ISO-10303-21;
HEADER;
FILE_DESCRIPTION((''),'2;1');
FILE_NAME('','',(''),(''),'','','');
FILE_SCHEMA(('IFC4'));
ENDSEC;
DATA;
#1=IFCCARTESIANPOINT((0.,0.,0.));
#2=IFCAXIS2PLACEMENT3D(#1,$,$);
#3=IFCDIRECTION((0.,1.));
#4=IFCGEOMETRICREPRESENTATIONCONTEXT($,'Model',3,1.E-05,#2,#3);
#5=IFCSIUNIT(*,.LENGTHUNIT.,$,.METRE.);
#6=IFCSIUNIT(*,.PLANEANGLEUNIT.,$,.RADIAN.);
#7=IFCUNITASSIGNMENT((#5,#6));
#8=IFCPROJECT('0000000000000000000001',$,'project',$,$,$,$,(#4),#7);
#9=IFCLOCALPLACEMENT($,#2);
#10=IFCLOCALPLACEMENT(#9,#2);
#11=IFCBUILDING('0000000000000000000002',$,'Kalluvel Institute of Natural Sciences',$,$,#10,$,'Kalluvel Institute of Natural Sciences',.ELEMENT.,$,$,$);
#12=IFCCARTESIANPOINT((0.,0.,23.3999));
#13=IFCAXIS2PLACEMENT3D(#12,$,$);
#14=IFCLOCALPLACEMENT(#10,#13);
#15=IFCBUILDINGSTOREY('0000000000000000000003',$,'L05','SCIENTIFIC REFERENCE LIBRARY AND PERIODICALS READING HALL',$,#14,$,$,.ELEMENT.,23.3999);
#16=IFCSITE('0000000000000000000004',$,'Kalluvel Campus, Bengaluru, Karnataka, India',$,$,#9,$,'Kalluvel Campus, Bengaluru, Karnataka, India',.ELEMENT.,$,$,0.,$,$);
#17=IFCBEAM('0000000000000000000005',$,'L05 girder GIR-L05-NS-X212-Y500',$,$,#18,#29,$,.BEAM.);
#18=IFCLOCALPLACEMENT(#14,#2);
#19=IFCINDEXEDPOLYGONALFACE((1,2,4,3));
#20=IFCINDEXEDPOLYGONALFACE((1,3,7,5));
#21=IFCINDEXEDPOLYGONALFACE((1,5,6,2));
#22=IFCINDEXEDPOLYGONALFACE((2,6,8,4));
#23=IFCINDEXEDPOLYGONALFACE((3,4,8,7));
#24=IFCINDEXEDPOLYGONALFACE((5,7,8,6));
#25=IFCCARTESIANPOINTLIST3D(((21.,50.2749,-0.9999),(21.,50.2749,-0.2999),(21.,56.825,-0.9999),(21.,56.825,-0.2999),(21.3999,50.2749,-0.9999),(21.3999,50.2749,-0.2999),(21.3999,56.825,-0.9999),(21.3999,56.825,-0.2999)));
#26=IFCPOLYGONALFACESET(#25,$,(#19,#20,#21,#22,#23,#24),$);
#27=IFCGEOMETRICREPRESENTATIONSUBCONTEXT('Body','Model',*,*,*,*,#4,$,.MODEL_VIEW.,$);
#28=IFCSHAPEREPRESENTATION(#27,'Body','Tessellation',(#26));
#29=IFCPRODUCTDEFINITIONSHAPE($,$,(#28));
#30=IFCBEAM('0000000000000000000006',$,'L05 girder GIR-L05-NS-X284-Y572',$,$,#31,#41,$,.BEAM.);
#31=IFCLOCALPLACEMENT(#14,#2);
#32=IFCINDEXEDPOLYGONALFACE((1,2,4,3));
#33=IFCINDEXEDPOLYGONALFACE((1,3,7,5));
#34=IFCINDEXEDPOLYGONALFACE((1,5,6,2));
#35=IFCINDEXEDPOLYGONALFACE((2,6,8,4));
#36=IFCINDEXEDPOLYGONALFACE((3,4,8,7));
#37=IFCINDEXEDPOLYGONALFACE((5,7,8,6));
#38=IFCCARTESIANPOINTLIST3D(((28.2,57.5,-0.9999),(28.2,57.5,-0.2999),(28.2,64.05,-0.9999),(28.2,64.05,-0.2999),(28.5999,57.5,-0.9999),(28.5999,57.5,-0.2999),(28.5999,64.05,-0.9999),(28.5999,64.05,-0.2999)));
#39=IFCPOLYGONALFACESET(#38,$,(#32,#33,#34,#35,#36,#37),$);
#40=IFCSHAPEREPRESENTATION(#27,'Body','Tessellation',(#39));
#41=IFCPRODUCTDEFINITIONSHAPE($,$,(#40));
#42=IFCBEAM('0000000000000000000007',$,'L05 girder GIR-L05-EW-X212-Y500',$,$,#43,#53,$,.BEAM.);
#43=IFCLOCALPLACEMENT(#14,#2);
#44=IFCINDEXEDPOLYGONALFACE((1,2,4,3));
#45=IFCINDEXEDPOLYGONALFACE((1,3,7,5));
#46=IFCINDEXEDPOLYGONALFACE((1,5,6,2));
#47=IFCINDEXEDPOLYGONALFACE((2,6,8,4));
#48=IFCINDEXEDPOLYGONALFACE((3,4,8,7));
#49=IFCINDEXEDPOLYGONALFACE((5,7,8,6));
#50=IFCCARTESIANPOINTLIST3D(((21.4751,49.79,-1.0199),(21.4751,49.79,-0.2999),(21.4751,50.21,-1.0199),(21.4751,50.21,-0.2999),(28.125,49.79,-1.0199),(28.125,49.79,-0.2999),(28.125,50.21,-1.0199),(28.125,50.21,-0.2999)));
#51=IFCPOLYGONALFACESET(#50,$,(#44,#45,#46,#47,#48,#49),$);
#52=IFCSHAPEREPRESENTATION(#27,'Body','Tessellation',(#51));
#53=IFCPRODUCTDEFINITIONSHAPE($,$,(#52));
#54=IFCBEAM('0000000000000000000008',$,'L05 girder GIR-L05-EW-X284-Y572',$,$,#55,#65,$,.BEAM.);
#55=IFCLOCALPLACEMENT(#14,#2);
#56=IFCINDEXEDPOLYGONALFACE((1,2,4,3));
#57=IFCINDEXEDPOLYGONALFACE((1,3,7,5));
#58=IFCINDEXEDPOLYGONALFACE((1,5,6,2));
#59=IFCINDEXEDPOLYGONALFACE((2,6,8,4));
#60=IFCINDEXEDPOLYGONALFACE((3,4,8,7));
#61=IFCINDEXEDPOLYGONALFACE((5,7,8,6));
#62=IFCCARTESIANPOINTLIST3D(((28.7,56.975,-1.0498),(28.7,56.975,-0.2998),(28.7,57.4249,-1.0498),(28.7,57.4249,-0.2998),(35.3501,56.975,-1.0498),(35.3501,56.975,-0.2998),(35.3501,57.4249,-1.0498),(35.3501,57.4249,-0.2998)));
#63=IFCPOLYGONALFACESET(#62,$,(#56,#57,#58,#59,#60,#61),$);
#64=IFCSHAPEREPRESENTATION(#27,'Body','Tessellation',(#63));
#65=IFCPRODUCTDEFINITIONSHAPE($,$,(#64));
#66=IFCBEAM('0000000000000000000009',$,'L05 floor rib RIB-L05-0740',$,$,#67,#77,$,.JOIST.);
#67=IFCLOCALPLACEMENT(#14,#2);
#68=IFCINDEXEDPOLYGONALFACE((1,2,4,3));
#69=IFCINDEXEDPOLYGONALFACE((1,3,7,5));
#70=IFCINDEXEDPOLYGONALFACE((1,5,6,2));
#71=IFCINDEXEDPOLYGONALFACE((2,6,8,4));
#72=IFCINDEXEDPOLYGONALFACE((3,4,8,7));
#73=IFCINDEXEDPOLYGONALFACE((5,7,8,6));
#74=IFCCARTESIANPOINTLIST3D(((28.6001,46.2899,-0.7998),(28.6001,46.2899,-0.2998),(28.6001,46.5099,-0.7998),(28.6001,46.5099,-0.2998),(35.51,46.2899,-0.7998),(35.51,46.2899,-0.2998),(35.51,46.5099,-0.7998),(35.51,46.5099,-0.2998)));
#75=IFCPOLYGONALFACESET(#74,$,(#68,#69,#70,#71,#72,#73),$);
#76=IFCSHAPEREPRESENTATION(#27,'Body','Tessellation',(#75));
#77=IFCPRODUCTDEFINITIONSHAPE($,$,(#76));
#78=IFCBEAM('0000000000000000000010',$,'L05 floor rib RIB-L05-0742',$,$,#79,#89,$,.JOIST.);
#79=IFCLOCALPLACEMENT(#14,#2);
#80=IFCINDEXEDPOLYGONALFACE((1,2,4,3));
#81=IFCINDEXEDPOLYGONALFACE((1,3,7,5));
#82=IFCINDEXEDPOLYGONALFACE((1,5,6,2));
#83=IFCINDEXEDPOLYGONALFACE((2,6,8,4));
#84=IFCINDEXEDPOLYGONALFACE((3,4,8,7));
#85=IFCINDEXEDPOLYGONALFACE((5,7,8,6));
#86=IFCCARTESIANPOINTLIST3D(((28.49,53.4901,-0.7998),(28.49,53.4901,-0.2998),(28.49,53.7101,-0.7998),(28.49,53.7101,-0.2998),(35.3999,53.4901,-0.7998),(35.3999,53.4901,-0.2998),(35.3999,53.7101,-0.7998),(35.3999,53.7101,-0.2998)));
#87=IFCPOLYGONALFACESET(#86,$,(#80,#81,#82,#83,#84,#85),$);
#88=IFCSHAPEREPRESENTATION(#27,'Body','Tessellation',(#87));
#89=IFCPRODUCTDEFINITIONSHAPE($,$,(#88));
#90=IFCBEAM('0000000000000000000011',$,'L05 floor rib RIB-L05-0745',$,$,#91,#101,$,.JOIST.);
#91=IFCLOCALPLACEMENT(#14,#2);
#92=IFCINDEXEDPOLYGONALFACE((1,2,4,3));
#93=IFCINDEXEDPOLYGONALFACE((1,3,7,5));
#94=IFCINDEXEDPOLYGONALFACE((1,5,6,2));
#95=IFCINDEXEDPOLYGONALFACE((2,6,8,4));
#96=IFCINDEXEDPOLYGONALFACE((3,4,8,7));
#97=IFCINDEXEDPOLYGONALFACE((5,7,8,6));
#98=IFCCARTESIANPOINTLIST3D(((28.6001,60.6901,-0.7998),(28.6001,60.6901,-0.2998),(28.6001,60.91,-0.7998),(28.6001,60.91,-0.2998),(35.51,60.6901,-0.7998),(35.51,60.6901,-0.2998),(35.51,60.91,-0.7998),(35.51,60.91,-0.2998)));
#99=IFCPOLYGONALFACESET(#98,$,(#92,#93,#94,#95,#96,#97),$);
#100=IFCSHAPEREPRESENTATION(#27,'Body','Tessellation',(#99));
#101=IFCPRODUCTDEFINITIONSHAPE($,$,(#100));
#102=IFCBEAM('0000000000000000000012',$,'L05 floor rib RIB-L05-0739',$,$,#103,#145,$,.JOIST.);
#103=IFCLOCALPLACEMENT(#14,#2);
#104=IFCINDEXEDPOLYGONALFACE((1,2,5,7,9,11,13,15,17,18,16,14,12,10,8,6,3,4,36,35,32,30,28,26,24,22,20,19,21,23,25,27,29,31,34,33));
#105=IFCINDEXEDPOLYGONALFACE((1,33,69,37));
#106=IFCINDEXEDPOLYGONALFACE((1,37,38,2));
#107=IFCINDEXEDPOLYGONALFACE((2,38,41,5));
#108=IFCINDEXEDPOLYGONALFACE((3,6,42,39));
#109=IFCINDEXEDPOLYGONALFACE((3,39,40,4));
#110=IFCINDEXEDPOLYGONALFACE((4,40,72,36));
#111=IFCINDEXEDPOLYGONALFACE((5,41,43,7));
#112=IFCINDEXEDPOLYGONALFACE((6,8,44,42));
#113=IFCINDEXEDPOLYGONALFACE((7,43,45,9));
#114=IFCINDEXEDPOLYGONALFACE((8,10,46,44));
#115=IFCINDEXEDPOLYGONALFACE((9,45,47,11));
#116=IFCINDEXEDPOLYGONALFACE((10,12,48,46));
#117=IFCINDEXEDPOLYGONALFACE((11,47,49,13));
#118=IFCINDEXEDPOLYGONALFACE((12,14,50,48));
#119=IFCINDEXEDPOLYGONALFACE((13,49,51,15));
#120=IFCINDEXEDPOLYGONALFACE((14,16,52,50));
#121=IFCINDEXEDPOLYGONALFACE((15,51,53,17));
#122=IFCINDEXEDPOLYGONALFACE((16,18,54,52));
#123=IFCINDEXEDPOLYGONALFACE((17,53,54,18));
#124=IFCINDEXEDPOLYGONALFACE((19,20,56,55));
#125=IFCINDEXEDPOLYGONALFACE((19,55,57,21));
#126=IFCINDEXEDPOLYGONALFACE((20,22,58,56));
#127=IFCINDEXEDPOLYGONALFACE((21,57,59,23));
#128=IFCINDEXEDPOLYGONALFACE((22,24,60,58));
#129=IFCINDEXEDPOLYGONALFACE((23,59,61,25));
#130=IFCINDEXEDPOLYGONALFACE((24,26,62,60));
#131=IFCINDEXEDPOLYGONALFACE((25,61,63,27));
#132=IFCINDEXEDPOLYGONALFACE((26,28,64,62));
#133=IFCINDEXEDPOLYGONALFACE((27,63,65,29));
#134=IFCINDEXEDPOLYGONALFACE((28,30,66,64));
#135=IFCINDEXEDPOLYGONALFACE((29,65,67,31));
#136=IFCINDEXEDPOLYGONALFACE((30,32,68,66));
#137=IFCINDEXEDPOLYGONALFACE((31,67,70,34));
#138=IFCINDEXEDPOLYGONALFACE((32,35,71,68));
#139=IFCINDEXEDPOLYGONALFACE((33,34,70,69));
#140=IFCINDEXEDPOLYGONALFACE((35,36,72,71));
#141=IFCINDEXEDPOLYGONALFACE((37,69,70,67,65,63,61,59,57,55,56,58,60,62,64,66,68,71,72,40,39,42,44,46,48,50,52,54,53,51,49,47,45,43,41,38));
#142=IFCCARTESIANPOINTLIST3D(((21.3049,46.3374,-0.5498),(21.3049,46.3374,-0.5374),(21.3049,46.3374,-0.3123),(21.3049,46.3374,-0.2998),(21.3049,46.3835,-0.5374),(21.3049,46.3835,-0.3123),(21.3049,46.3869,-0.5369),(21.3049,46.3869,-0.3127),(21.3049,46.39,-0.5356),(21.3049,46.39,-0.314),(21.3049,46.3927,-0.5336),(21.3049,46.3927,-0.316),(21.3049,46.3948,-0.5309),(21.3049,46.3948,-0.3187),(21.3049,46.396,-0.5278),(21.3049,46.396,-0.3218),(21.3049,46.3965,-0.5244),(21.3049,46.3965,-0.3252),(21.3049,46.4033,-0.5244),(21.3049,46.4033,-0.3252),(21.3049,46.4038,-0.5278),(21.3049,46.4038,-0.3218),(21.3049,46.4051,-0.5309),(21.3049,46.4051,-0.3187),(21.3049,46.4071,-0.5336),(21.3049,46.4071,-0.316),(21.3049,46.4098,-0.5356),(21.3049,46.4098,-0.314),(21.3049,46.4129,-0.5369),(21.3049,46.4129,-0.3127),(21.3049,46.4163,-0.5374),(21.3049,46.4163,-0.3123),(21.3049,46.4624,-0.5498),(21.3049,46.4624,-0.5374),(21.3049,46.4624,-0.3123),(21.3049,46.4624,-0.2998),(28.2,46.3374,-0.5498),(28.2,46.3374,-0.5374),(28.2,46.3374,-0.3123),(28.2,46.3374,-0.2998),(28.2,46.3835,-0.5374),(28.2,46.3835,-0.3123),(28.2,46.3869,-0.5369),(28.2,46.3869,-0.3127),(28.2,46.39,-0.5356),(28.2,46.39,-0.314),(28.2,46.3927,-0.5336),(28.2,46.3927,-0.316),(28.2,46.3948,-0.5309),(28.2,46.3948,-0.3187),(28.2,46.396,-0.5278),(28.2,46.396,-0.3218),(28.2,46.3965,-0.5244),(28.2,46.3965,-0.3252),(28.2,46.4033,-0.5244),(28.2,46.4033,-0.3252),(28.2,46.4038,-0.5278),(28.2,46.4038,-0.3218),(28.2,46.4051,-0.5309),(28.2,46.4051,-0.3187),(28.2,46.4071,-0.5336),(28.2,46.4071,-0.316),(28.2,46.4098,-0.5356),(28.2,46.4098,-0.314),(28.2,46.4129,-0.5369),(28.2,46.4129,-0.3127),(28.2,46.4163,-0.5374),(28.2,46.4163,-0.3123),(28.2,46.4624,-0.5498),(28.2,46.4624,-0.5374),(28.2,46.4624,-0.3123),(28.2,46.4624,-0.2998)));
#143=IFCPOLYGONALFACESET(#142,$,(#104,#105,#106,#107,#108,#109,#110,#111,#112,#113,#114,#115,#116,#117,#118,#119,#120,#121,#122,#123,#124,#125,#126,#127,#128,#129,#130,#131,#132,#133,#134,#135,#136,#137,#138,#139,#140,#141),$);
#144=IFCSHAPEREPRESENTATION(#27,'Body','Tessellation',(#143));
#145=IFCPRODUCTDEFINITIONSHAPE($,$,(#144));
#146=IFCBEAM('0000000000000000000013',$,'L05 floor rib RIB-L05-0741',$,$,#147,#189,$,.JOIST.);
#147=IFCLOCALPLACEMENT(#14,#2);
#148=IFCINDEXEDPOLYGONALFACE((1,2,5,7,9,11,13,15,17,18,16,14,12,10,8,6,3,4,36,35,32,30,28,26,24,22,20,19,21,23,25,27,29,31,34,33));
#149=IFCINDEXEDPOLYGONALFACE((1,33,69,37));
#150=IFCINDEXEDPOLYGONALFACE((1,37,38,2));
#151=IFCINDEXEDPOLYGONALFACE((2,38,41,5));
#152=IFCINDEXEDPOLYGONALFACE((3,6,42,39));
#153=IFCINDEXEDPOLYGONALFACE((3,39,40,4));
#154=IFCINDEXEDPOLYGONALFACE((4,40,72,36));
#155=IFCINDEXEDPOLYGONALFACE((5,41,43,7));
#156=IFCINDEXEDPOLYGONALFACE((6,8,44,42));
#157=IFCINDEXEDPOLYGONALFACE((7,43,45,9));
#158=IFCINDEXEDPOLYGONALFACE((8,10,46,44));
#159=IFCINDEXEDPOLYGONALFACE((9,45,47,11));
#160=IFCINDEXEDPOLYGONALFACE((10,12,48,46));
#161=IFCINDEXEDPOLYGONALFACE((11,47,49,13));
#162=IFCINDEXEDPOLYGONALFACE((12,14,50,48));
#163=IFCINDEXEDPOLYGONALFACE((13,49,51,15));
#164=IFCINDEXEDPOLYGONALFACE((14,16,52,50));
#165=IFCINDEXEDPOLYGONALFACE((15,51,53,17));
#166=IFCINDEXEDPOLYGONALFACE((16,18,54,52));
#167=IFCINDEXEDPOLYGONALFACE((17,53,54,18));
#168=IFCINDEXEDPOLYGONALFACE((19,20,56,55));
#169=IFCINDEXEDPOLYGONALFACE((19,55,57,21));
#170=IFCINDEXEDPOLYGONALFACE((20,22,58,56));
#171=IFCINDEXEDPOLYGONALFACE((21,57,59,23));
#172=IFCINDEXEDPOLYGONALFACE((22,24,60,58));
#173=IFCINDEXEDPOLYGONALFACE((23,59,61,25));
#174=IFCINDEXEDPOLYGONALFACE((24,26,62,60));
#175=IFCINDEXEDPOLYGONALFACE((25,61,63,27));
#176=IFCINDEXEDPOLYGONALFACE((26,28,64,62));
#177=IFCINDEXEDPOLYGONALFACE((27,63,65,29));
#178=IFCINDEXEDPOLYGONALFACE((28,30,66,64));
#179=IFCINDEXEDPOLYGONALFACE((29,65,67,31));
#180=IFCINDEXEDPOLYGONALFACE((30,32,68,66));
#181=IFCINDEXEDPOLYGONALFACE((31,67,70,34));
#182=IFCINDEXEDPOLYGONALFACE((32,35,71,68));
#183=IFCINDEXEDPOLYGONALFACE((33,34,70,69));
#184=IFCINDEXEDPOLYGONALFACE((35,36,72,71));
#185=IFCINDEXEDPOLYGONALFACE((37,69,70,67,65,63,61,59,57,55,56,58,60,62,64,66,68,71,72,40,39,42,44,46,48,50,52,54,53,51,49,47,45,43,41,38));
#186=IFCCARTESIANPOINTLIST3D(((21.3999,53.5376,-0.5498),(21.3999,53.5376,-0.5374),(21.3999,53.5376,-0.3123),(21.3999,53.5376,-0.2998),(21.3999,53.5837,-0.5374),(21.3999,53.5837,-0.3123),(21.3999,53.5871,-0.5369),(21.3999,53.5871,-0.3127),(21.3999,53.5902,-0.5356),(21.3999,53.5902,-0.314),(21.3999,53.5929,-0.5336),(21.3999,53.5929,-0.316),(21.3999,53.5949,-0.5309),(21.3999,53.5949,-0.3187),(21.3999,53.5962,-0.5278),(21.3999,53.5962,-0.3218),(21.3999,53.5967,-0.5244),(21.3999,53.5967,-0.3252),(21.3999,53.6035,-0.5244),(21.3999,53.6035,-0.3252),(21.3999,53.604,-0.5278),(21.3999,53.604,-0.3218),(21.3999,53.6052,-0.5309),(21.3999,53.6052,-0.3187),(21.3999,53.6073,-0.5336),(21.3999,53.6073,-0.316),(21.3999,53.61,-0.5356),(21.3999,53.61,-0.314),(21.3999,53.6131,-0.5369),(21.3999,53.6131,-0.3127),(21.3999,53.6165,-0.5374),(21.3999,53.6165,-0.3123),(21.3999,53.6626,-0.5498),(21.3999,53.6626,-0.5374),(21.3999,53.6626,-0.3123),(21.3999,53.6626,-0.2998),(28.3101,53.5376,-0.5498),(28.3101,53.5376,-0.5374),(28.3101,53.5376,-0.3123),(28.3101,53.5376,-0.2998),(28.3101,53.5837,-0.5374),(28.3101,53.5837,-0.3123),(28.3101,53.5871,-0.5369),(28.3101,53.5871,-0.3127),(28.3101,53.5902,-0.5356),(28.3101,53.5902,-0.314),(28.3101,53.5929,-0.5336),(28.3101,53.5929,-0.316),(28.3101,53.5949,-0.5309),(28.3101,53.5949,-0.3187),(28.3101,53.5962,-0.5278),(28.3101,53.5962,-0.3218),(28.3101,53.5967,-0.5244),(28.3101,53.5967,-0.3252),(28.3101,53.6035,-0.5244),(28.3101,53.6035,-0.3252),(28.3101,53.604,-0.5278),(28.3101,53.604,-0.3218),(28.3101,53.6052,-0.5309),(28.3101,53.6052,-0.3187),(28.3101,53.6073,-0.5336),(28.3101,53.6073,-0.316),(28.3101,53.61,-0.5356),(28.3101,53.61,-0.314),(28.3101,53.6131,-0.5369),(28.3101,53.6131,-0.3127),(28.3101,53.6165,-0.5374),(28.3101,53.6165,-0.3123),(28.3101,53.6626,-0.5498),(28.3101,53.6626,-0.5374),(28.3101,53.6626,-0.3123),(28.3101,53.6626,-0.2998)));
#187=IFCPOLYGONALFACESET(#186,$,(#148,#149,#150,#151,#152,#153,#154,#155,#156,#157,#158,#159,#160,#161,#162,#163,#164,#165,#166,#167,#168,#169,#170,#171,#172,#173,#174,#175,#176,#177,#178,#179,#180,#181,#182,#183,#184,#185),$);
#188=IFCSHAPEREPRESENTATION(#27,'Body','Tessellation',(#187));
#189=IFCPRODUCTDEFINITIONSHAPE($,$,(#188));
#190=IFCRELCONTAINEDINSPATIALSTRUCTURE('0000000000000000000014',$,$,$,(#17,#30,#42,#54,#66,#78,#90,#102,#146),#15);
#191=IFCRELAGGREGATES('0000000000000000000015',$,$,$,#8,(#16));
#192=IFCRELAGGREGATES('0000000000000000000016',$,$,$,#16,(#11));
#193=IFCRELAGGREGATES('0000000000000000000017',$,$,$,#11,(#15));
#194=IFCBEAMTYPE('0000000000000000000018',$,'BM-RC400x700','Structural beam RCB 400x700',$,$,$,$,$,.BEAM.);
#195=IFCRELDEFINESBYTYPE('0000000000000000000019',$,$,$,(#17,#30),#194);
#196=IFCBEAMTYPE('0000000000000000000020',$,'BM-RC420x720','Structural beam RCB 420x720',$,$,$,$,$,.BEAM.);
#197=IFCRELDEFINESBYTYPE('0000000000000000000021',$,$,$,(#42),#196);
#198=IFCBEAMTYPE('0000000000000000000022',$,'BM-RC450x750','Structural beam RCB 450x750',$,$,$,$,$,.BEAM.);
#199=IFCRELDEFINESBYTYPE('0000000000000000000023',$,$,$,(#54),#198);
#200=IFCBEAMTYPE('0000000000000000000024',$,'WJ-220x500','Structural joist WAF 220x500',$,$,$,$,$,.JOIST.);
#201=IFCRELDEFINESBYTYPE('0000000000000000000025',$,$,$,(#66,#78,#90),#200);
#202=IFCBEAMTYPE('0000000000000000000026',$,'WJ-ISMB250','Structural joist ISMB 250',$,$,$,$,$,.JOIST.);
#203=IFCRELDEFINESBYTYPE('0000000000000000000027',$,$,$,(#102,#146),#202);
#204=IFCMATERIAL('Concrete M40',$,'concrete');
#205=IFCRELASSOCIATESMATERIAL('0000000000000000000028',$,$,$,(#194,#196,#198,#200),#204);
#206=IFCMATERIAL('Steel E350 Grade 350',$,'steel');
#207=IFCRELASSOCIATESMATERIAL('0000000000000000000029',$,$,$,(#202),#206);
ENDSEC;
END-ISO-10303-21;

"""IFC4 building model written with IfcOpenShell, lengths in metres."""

from ifc_helpers import new_model, si_unit, direction, frame, origin, origin_2d, place, context, subcontext, project, spatial, rectangle, i_section, extrude, material, material_profile, profile_set, type_object, element, save


model = new_model("IFC4")

# Units and contexts
model_context = context("Model", 3, precision=1e-05, world=origin(), true_north=direction((0.0, 1.0)))
body_context = subcontext(model_context, "Body", "Model", "MODEL_VIEW")
ifc_project = project(units=[si_unit("LENGTHUNIT", "METRE"), si_unit("PLANEANGLEUNIT", "RADIAN")], contexts=[model_context])

# Site, building, storey
site_placement = place(None, origin())
site = spatial("IfcSite", under=ifc_project, at=site_placement, Name="Kalluvel Campus, Bengaluru, Karnataka, India", LongName="Kalluvel Campus, Bengaluru, Karnataka, India", CompositionType="ELEMENT", RefElevation=0.0)
building_placement = place(site_placement, origin())
building = spatial("IfcBuilding", under=site, at=building_placement, Name="Kalluvel Institute of Natural Sciences", LongName="Kalluvel Institute of Natural Sciences", CompositionType="ELEMENT")
storey_placement = place(building_placement, frame((0.0, 0.0, 23.3999)))
storey = spatial("IfcBuildingStorey", under=building, at=storey_placement, Name="L05", Description="SCIENTIFIC REFERENCE LIBRARY AND PERIODICALS READING HALL", CompositionType="ELEMENT", Elevation=23.3999)

# Shared definitions
ifc_material_1 = material(Name="Concrete M40", Category="concrete")

# Beams
ifc_material_2 = material(Name="Steel E350 Grade 350", Category="steel")
ifc_material_profile_1 = material_profile(ifc_material_1, rectangle(XDim=0.3999, YDim=0.7, at=origin_2d()), Name="RCB 400x700")
ifc_profile_set_1 = profile_set([ifc_material_profile_1], Name="Concrete M40")
beam_type_1 = type_object("IfcBeamType", Name="BM-RC400x700", Description="Structural beam RCB 400x700", PredefinedType="BEAM", material=ifc_profile_set_1)
for number, where, z_axis, x_axis, name in (
    (1, (21.2, 50.2749, -0.6499), (0.0, 1.0, 0.0), (-1.0, 0.0, 0.0), "L05 girder GIR-L05-NS-X212-Y500"),
    (2, (28.3999, 57.5, -0.6499), (0.0, 1.0, 0.0), (-1.0, 0.0, 0.0), "L05 girder GIR-L05-NS-X284-Y572"),
):
    element("IfcBeam", number, at=place(storey_placement, frame(where, z_axis=z_axis, x_axis=x_axis)), inside=storey, type_object=beam_type_1, Name=name, PredefinedType="BEAM", context=body_context, shape_type="SweptSolid", body=[
        extrude(rectangle(XDim=0.3999, YDim=0.7, at=origin_2d()), origin(), (0.0, 0.0, 1.0), 6.55),
    ])
ifc_material_profile_2 = material_profile(ifc_material_1, rectangle(XDim=0.4199, YDim=0.72, at=origin_2d()), Name="RCB 420x720")
ifc_profile_set_2 = profile_set([ifc_material_profile_2], Name="Concrete M40")
beam_type_2 = type_object("IfcBeamType", Name="BM-RC420x720", Description="Structural beam RCB 420x720", PredefinedType="BEAM", material=ifc_profile_set_2)
beam_1_placement = place(storey_placement, frame((21.4751, 50.0, -0.6599), z_axis=(1.0, 0.0, 0.0), x_axis=(0.0, 1.0, 0.0)))
element("IfcBeam", 3, at=beam_1_placement, inside=storey, type_object=beam_type_2, Name="L05 girder GIR-L05-EW-X212-Y500", PredefinedType="BEAM", context=body_context, shape_type="SweptSolid", body=[
    extrude(rectangle(XDim=0.4199, YDim=0.72, at=origin_2d()), origin(), (0.0, 0.0, 1.0), 6.6499),
])
ifc_material_profile_3 = material_profile(ifc_material_1, rectangle(XDim=0.45, YDim=0.75, at=origin_2d()), Name="RCB 450x750")
ifc_profile_set_3 = profile_set([ifc_material_profile_3], Name="Concrete M40")
beam_type_3 = type_object("IfcBeamType", Name="BM-RC450x750", Description="Structural beam RCB 450x750", PredefinedType="BEAM", material=ifc_profile_set_3)
beam_2_placement = place(storey_placement, frame((28.7, 57.2, -0.6748), z_axis=(1.0, 0.0, 0.0), x_axis=(0.0, 1.0, 0.0)))
element("IfcBeam", 4, at=beam_2_placement, inside=storey, type_object=beam_type_3, Name="L05 girder GIR-L05-EW-X284-Y572", PredefinedType="BEAM", context=body_context, shape_type="SweptSolid", body=[
    extrude(rectangle(XDim=0.45, YDim=0.75, at=origin_2d()), origin(), (0.0, 0.0, 1.0), 6.6501),
])
ifc_material_profile_4 = material_profile(ifc_material_1, rectangle(XDim=0.22, YDim=0.5, at=origin_2d()), Name="WAF 220x500")
ifc_profile_set_4 = profile_set([ifc_material_profile_4], Name="Concrete M40")
beam_type_4 = type_object("IfcBeamType", Name="WJ-220x500", Description="Structural joist WAF 220x500", PredefinedType="JOIST", material=ifc_profile_set_4)
for number, where, z_axis, x_axis, name in (
    (5, (28.6001, 46.3999, -0.5498), (1.0, 0.0, 0.0), (0.0, 1.0, 0.0), "L05 floor rib RIB-L05-0740"),
    (6, (28.49, 53.6001, -0.5498), (1.0, 0.0, 0.0), (0.0, 1.0, 0.0), "L05 floor rib RIB-L05-0742"),
    (7, (28.6001, 60.8, -0.5498), (1.0, 0.0, 0.0), (0.0, 1.0, 0.0), "L05 floor rib RIB-L05-0745"),
):
    element("IfcBeam", number, at=place(storey_placement, frame(where, z_axis=z_axis, x_axis=x_axis)), inside=storey, type_object=beam_type_4, Name=name, PredefinedType="JOIST", context=body_context, shape_type="SweptSolid", body=[
        extrude(rectangle(XDim=0.22, YDim=0.5, at=origin_2d()), origin(), (0.0, 0.0, 1.0), 6.9099),
    ])
ifc_material_profile_5 = material_profile(ifc_material_2, i_section(OverallWidth=0.125, OverallDepth=0.25, WebThickness=0.0068, FlangeThickness=0.0125, FilletRadius=0.0129, at=origin_2d()), Name="ISMB 250")
ifc_profile_set_5 = profile_set([ifc_material_profile_5], Name="Steel E350 Grade 350")
beam_type_5 = type_object("IfcBeamType", Name="WJ-ISMB250", Description="Structural joist ISMB 250", PredefinedType="JOIST", material=ifc_profile_set_5)
beam_3_placement = place(storey_placement, frame((21.3049, 46.3999, -0.4248), z_axis=(1.0, 0.0, 0.0), x_axis=(0.0, 1.0, 0.0)))
element("IfcBeam", 8, at=beam_3_placement, inside=storey, type_object=beam_type_5, Name="L05 floor rib RIB-L05-0739", PredefinedType="JOIST", context=body_context, shape_type="SweptSolid", body=[
    extrude(i_section(OverallWidth=0.125, OverallDepth=0.25, WebThickness=0.0068, FlangeThickness=0.0125, FilletRadius=0.0129, at=origin_2d()), origin(), (0.0, 0.0, 1.0), 6.895),
])
beam_4_placement = place(storey_placement, frame((21.3999, 53.6001, -0.4248), z_axis=(1.0, 0.0, 0.0), x_axis=(0.0, 1.0, 0.0)))
element("IfcBeam", 9, at=beam_4_placement, inside=storey, type_object=beam_type_5, Name="L05 floor rib RIB-L05-0741", PredefinedType="JOIST", context=body_context, shape_type="SweptSolid", body=[
    extrude(i_section(OverallWidth=0.125, OverallDepth=0.25, WebThickness=0.0068, FlangeThickness=0.0125, FilletRadius=0.0129, at=origin_2d()), origin(), (0.0, 0.0, 1.0), 6.9102),
])

save(model, "model.ifc")
